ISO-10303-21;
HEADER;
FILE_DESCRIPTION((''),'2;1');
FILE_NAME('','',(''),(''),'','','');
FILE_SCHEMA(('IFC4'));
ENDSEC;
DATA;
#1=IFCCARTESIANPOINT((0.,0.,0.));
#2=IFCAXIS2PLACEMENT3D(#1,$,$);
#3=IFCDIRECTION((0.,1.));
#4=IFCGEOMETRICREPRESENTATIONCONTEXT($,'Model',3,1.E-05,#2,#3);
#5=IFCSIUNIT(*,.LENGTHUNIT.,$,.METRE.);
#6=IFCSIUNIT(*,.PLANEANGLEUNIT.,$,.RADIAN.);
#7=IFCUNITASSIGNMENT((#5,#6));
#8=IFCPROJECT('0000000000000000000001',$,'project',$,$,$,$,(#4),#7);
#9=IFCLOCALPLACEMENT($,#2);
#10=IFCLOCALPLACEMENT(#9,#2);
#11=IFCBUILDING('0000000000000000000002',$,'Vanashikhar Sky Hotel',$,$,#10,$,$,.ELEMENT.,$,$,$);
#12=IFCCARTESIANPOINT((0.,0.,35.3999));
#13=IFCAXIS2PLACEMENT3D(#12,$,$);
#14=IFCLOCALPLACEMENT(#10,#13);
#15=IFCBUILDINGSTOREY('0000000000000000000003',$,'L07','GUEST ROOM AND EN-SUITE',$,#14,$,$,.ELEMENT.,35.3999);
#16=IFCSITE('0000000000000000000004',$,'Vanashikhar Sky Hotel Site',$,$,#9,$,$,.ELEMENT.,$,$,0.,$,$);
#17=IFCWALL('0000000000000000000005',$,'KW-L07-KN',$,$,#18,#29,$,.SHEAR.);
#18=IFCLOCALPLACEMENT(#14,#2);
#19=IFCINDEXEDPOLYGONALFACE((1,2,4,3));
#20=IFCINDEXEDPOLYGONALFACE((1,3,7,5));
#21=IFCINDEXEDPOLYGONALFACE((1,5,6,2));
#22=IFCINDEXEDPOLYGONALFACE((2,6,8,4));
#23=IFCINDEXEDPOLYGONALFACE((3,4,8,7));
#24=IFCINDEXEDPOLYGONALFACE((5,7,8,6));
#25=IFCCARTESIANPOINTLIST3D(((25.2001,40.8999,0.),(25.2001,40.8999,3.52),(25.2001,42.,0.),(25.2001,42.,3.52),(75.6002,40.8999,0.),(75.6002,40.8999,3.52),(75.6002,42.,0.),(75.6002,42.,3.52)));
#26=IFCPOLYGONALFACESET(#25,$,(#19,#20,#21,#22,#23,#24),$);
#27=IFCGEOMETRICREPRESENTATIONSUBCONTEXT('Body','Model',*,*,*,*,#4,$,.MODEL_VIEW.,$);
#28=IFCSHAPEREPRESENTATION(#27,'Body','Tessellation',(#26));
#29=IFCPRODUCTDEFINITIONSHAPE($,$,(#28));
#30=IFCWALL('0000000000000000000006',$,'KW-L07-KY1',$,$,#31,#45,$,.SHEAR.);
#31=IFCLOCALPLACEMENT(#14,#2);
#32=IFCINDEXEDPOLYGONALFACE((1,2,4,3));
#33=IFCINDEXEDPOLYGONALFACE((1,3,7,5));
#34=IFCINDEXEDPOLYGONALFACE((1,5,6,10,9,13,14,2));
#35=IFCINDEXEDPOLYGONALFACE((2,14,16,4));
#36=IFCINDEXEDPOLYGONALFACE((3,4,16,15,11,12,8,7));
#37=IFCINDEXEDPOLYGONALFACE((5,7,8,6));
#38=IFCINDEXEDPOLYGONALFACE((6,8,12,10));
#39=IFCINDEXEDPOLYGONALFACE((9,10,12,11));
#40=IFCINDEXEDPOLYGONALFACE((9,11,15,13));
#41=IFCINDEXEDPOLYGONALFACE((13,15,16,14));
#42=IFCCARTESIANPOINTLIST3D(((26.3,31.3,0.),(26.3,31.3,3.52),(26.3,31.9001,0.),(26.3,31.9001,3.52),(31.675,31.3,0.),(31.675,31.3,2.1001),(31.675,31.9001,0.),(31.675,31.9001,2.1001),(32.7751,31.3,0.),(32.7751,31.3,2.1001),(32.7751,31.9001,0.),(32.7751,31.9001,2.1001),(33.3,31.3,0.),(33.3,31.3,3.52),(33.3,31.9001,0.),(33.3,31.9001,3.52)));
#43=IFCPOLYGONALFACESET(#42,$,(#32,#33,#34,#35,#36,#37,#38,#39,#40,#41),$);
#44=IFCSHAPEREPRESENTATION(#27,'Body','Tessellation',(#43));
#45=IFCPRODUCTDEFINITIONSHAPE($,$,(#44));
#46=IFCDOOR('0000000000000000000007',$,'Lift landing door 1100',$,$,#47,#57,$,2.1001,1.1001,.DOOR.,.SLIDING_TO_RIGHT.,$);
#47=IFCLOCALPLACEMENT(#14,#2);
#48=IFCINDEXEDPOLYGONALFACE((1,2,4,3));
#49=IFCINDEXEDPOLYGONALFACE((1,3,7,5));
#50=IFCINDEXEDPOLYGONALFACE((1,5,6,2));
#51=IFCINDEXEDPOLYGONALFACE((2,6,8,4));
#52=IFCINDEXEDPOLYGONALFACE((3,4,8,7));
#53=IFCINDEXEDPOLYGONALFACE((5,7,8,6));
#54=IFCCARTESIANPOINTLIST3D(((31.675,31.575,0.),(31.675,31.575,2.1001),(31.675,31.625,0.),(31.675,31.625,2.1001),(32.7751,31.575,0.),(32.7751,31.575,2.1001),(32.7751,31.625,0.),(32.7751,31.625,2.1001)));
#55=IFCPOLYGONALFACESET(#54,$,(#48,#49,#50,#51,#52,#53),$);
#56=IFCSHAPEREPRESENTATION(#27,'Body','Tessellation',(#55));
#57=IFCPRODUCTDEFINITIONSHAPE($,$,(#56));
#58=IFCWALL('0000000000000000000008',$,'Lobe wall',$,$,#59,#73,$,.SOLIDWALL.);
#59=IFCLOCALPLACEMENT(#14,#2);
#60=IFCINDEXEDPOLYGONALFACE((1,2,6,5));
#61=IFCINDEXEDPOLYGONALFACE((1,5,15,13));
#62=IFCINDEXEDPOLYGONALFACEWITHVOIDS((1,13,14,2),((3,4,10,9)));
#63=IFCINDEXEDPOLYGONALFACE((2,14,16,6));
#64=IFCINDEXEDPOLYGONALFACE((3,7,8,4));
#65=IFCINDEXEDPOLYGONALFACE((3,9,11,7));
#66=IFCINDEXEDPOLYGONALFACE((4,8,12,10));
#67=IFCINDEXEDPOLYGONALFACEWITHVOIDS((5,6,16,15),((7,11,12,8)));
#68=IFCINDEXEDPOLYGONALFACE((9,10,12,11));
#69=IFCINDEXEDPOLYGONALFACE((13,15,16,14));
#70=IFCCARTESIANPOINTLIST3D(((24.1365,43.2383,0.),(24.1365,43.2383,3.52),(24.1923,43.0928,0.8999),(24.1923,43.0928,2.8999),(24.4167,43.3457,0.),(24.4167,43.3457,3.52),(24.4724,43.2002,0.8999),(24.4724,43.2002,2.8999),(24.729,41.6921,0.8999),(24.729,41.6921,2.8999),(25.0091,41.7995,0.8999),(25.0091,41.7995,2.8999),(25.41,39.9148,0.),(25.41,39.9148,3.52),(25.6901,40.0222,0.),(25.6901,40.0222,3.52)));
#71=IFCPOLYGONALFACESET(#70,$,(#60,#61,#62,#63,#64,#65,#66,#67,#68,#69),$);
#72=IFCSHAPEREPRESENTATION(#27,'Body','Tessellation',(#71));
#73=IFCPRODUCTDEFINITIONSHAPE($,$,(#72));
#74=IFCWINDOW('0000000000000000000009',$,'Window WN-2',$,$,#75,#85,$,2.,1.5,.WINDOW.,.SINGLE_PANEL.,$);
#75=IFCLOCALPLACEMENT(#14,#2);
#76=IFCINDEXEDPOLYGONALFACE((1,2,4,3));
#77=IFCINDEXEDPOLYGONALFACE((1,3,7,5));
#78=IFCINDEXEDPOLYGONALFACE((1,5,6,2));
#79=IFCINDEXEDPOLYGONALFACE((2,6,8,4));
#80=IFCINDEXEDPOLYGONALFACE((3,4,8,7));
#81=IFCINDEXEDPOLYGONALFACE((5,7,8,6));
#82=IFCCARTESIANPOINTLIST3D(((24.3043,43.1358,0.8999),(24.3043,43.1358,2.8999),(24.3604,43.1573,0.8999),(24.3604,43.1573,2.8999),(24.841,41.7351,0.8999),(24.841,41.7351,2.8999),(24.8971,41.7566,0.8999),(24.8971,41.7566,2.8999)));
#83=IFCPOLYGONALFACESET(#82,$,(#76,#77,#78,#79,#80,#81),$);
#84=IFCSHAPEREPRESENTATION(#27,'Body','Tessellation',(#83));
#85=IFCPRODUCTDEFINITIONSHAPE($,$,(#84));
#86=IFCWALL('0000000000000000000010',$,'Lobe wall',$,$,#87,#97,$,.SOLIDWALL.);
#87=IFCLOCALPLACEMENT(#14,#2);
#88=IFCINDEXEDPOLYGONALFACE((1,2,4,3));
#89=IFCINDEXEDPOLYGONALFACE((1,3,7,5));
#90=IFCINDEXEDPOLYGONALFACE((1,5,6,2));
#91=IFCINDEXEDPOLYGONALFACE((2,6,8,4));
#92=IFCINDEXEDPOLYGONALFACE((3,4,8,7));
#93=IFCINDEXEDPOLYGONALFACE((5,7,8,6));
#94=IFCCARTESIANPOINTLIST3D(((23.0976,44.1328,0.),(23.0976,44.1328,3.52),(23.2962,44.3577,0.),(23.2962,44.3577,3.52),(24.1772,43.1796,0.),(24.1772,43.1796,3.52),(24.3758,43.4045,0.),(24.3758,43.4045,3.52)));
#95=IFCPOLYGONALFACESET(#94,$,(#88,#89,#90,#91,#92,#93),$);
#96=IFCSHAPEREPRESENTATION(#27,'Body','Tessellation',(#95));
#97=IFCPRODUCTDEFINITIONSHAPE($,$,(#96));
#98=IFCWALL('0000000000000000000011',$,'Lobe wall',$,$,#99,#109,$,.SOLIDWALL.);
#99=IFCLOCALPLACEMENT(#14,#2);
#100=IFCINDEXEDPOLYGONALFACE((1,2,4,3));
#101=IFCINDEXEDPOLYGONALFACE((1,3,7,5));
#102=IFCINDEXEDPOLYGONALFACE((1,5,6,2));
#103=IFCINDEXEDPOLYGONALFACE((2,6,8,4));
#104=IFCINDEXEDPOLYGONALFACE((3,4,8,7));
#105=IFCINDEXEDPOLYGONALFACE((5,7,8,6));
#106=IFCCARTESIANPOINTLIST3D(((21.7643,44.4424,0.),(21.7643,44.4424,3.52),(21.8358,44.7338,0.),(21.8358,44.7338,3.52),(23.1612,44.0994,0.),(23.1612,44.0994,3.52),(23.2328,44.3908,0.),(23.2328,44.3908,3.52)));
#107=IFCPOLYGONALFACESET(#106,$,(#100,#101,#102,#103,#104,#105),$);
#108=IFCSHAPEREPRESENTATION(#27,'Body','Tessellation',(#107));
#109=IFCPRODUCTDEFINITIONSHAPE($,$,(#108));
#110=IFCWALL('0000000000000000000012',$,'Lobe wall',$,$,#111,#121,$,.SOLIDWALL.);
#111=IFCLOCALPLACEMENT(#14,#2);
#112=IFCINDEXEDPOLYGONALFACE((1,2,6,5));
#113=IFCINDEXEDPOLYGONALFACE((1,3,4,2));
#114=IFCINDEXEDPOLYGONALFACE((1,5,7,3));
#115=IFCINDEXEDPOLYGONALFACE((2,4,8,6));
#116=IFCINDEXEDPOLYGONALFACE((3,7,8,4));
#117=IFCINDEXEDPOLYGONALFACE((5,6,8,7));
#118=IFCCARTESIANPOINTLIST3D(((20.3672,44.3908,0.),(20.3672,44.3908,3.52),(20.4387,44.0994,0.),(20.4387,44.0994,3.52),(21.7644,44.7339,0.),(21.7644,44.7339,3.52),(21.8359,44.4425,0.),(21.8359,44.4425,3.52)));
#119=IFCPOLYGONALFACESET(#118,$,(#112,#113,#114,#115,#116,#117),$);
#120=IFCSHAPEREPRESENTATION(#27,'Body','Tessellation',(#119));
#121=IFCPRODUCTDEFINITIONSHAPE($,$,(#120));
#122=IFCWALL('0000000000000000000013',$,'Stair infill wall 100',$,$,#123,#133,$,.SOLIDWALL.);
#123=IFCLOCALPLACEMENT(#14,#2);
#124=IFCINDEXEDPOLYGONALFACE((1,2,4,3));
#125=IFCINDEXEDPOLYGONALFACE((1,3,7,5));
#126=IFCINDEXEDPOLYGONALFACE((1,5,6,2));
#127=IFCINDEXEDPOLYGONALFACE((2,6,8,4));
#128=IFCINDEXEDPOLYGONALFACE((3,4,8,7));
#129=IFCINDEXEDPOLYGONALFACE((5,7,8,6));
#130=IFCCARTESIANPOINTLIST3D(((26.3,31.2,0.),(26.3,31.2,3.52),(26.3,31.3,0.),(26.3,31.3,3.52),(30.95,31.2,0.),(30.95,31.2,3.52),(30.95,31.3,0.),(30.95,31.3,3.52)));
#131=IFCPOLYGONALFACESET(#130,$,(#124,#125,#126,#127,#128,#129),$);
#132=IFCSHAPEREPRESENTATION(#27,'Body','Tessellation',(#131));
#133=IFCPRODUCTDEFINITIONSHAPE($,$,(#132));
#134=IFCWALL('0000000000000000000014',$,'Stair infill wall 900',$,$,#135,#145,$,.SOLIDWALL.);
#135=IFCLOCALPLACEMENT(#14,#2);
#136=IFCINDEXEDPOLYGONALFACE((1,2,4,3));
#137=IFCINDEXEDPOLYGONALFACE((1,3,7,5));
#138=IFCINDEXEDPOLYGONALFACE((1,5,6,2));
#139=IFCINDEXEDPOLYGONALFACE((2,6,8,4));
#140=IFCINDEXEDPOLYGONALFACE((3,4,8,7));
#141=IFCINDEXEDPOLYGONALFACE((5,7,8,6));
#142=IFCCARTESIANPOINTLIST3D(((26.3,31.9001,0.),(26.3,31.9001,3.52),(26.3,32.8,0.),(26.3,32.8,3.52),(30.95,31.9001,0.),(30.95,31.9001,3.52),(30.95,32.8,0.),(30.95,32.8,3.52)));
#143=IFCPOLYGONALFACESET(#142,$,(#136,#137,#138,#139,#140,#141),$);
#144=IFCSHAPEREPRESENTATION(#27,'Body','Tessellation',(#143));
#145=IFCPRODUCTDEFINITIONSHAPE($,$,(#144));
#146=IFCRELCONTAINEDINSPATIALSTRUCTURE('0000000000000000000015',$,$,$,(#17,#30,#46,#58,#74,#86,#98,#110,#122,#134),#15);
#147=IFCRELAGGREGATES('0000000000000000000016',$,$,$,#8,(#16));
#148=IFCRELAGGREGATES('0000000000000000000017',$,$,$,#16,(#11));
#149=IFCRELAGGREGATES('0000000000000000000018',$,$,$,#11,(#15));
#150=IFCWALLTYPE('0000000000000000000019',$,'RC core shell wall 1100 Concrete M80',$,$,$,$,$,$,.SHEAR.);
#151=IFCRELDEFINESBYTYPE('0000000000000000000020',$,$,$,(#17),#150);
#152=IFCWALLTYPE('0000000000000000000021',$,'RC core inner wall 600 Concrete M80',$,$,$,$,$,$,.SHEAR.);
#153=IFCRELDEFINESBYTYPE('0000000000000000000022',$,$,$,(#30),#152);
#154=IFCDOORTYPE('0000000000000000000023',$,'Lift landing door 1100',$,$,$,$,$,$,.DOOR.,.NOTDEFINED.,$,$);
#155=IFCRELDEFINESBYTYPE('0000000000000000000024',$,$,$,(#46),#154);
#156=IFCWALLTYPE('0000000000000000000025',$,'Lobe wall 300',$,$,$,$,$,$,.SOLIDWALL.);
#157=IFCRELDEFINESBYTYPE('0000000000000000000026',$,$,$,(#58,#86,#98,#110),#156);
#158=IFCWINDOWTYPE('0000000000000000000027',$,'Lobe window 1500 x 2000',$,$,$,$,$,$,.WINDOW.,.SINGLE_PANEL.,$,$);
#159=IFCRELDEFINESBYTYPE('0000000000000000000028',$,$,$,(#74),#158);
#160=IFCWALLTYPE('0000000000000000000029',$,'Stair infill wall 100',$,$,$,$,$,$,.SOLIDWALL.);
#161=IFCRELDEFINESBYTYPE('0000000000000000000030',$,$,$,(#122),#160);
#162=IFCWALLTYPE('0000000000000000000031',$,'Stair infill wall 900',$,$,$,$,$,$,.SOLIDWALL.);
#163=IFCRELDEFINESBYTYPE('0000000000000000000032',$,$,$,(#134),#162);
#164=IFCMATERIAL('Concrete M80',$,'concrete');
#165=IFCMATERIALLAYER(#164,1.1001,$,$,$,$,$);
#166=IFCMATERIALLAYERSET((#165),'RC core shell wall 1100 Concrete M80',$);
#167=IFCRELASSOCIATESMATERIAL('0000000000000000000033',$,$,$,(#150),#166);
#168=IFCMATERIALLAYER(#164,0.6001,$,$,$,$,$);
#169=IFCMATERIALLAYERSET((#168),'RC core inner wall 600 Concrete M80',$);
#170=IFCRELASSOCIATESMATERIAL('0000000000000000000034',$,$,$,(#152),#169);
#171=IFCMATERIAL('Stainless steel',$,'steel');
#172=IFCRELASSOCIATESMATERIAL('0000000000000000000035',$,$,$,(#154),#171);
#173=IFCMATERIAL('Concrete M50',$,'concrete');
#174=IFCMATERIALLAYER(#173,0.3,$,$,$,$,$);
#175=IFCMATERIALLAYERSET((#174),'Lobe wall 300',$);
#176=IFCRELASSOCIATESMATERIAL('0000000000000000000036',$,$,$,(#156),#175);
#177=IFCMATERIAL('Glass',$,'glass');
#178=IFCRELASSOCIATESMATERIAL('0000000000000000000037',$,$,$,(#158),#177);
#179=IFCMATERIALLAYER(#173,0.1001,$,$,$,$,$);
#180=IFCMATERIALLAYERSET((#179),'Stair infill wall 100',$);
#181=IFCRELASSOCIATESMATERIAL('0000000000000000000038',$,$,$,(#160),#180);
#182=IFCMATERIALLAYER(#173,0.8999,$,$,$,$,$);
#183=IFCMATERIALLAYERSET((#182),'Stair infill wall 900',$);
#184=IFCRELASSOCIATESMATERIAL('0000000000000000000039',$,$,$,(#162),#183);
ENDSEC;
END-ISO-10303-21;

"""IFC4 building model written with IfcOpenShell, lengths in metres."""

from ifc_helpers import new_model, si_unit, direction, frame, frame_2d, origin, place, context, subcontext, project, spatial, rectangle, extrude, source, transform, mapped, material, layer, layer_set, type_object, element, fill, save


model = new_model("IFC4")

# Units and contexts
model_context = context("Model", 3, precision=1e-05, world=origin(), true_north=direction((0.0, 1.0)))
body_context = subcontext(model_context, "Body", "Model", "MODEL_VIEW")
ifc_project = project(units=[si_unit("LENGTHUNIT", "METRE"), si_unit("PLANEANGLEUNIT", "RADIAN")], contexts=[model_context])

# Site, building, storey
site_placement = place(None, origin())
site = spatial("IfcSite", under=ifc_project, at=site_placement, Name="Vanashikhar Sky Hotel Site", CompositionType="ELEMENT", RefElevation=0.0)
building_placement = place(site_placement, origin())
building = spatial("IfcBuilding", under=site, at=building_placement, Name="Vanashikhar Sky Hotel", CompositionType="ELEMENT")
storey_placement = place(building_placement, frame((0.0, 0.0, 35.3999)))
storey = spatial("IfcBuildingStorey", under=building, at=storey_placement, Name="L07", Description="GUEST ROOM AND EN-SUITE", CompositionType="ELEMENT", Elevation=35.3999)

# Wall
ifc_material_1 = material(Name="Concrete M80", Category="concrete")
ifc_layer_1 = layer(ifc_material_1, 1.1001)
ifc_layer_set_1 = layer_set([ifc_layer_1], Name="RC core shell wall 1100 Concrete M80")
wall_type_1 = type_object("IfcWallType", Name="RC core shell wall 1100 Concrete M80", PredefinedType="SHEAR", material=ifc_layer_set_1)
shared_shape_1 = source(origin(), body_context, "Body", "SweptSolid", [
    extrude(rectangle(XDim=50.4001, YDim=1.1001, at=frame_2d((25.2002, 0.0))), origin(), (0.0, 0.0, 1.0), 3.52),
])
wall_1_placement = place(storey_placement, frame((25.2, 41.45, 0.0), z_axis=(0.0, 0.0, 1.0), x_axis=(1.0, 0.0, 0.0)))
element("IfcWall", 1, at=wall_1_placement, inside=storey, type_object=wall_type_1, Name="KW-L07-KN", PredefinedType="SHEAR", context=body_context, shape_type="MappedRepresentation", body=[
    mapped(shared_shape_1, transform((0.0, 0.0, 0.0), scale=1.0)),
])

# Wall, opening, door
ifc_layer_2 = layer(ifc_material_1, 0.6001)
ifc_layer_set_2 = layer_set([ifc_layer_2], Name="RC core inner wall 600 Concrete M80")
wall_type_2 = type_object("IfcWallType", Name="RC core inner wall 600 Concrete M80", PredefinedType="SHEAR", material=ifc_layer_set_2)
shared_shape_2 = source(origin(), body_context, "Body", "SweptSolid", [
    extrude(rectangle(XDim=7.0, YDim=0.6001, at=frame_2d((3.5, 0.0))), origin(), (0.0, 0.0, 1.0), 3.52),
])
wall_2_placement = place(storey_placement, frame((26.3, 31.6001, 0.0), z_axis=(0.0, 0.0, 1.0), x_axis=(1.0, 0.0, 0.0)))
wall_2 = element("IfcWall", 2, at=wall_2_placement, inside=storey, type_object=wall_type_2, Name="KW-L07-KY1", PredefinedType="SHEAR", context=body_context, shape_type="MappedRepresentation", body=[
    mapped(shared_shape_2, transform((0.0, 0.0, 0.0), scale=1.0)),
])
shared_shape_3 = source(origin(), body_context, "Body", "SweptSolid", [
    extrude(rectangle(XDim=1.1001, YDim=2.1001, at=frame_2d((0.55, 1.05))), frame((0.0, 0.3101, 0.0), z_axis=(0.0, -1.0, 0.0), x_axis=(1.0, 0.0, 0.0)), (0.0, 0.0, 1.0), 0.6201),
])
opening_1_placement = place(wall_2_placement, frame((5.375, 0.0, 0.0)))
opening_1 = element("IfcOpeningElement", 3, at=opening_1_placement, cuts=wall_2, PredefinedType="OPENING", context=body_context, shape_type="MappedRepresentation", body=[
    mapped(shared_shape_3, transform((0.0, 0.0, 0.0), scale=1.0)),
])
ifc_material_2 = material(Name="Stainless steel", Category="steel")
door_type = type_object("IfcDoorType", Name="Lift landing door 1100", OperationType="NOTDEFINED", PredefinedType="DOOR", material=ifc_material_2)
shared_shape_4 = source(origin(), body_context, "Body", "SweptSolid", [
    extrude(rectangle(XDim=1.1001, YDim=2.1001, at=frame_2d((0.55, 1.05))), frame((0.0, 0.0249, 0.0), z_axis=(0.0, -1.0, 0.0), x_axis=(1.0, 0.0, 0.0)), (0.0, 0.0, 1.0), 0.05),
])
door_placement = place(opening_1_placement, origin())
door = element("IfcDoor", 4, at=door_placement, inside=storey, type_object=door_type, Name="Lift landing door 1100", OperationType="SLIDING_TO_RIGHT", OverallHeight=2.1001, OverallWidth=1.1001, PredefinedType="DOOR", context=body_context, shape_type="MappedRepresentation", body=[
    mapped(shared_shape_4, transform((0.0, 0.0, 0.0), scale=1.0)),
])
fill(opening_1, door)

# Wall, opening, window
ifc_material_3 = material(Name="Concrete M50", Category="concrete")
ifc_layer_3 = layer(ifc_material_3, 0.3)
ifc_layer_set_3 = layer_set([ifc_layer_3], Name="Lobe wall 300")
wall_type_3 = type_object("IfcWallType", Name="Lobe wall 300", PredefinedType="SOLIDWALL", material=ifc_layer_set_3)
shared_shape_5 = source(origin(), body_context, "Body", "SweptSolid", [
    extrude(rectangle(XDim=3.5591, YDim=0.3, at=frame_2d((1.7795, 0.0))), origin(), (0.0, 0.0, 1.0), 3.52),
])
wall_3_placement = place(storey_placement, frame((25.55, 39.9685, 0.0), z_axis=(0.0, 0.0, 1.0), x_axis=(-0.357797, 0.933799, 0.0)))
wall_3 = element("IfcWall", 5, at=wall_3_placement, inside=storey, type_object=wall_type_3, Name="Lobe wall", PredefinedType="SOLIDWALL", context=body_context, shape_type="MappedRepresentation", body=[
    mapped(shared_shape_5, transform((0.0, 0.0, 0.0), scale=1.0)),
])
shared_shape_6 = source(origin(), body_context, "Body", "SweptSolid", [
    extrude(rectangle(XDim=1.5, YDim=2.0, at=frame_2d((0.75, 1.0))), frame((0.0, 0.1602, 0.0), z_axis=(0.0, -1.0, 0.0), x_axis=(1.0, 0.0, 0.0)), (0.0, 0.0, 1.0), 0.3201),
])
opening_2_placement = place(wall_3_placement, frame((1.9033, 0.0, 0.8999)))
opening_2 = element("IfcOpeningElement", 6, at=opening_2_placement, cuts=wall_3, PredefinedType="OPENING", context=body_context, shape_type="MappedRepresentation", body=[
    mapped(shared_shape_6, transform((0.0, 0.0, 0.0), scale=1.0)),
])
ifc_material_4 = material(Name="Glass", Category="glass")
window_type = type_object("IfcWindowType", Name="Lobe window 1500 x 2000", PartitioningType="SINGLE_PANEL", PredefinedType="WINDOW", material=ifc_material_4)
shared_shape_7 = source(origin(), body_context, "Body", "SweptSolid", [
    extrude(rectangle(XDim=1.5, YDim=2.0, at=frame_2d((0.75, 1.0))), frame((0.0, 0.03, 0.0), z_axis=(0.0, -1.0, 0.0), x_axis=(1.0, 0.0, 0.0)), (0.0, 0.0, 1.0), 0.0601),
])
window_placement = place(opening_2_placement, origin())
window = element("IfcWindow", 7, at=window_placement, inside=storey, type_object=window_type, Name="Window WN-2", OverallHeight=2.0, OverallWidth=1.5, PartitioningType="SINGLE_PANEL", PredefinedType="WINDOW", context=body_context, shape_type="MappedRepresentation", body=[
    mapped(shared_shape_7, transform((0.0, 0.0, 0.0), scale=1.0)),
])
fill(opening_2, window)

# Walls
shared_shape_8 = source(origin(), body_context, "Body", "SweptSolid", [
    extrude(rectangle(XDim=1.4402, YDim=0.3, at=frame_2d((0.7202, 0.0))), origin(), (0.0, 0.0, 1.0), 3.52),
])
wall_4_placement = place(storey_placement, frame((24.2766, 43.292, 0.0), z_axis=(0.0, 0.0, 1.0), x_axis=(-0.74965, 0.661835, 0.0)))
element("IfcWall", 8, at=wall_4_placement, inside=storey, type_object=wall_type_3, Name="Lobe wall", PredefinedType="SOLIDWALL", context=body_context, shape_type="MappedRepresentation", body=[
    mapped(shared_shape_8, transform((0.0, 0.0, 0.0), scale=1.0)),
])
shared_shape_9 = source(origin(), body_context, "Body", "SweptSolid", [
    extrude(rectangle(XDim=1.4385, YDim=0.3, at=frame_2d((0.7192, 0.0))), origin(), (0.0, 0.0, 1.0), 3.52),
])
wall_5_placement = place(storey_placement, frame((23.197, 44.2451, 0.0), z_axis=(0.0, 0.0, 1.0), x_axis=(-0.971152, 0.23846, 0.0)))
element("IfcWall", 9, at=wall_5_placement, inside=storey, type_object=wall_type_3, Name="Lobe wall", PredefinedType="SOLIDWALL", context=body_context, shape_type="MappedRepresentation", body=[
    mapped(shared_shape_9, transform((0.0, 0.0, 0.0), scale=1.0)),
])
shared_shape_10 = source(origin(), body_context, "Body", "SweptSolid", [
    extrude(rectangle(XDim=1.4387, YDim=0.3, at=frame_2d((0.7192, 0.0))), origin(), (0.0, 0.0, 1.0), 3.52),
])
wall_6_placement = place(storey_placement, frame((21.8, 44.5881, 0.0), z_axis=(0.0, 0.0, 1.0), x_axis=(-0.971162, -0.238421, 0.0)))
element("IfcWall", 10, at=wall_6_placement, inside=storey, type_object=wall_type_3, Name="Lobe wall", PredefinedType="SOLIDWALL", context=body_context, shape_type="MappedRepresentation", body=[
    mapped(shared_shape_10, transform((0.0, 0.0, 0.0), scale=1.0)),
])
ifc_layer_4 = layer(ifc_material_3, 0.1001)
ifc_layer_set_4 = layer_set([ifc_layer_4], Name="Stair infill wall 100")
wall_type_4 = type_object("IfcWallType", Name="Stair infill wall 100", PredefinedType="SOLIDWALL", material=ifc_layer_set_4)
shared_shape_11 = source(origin(), body_context, "Body", "SweptSolid", [
    extrude(rectangle(XDim=4.6499, YDim=0.1001, at=frame_2d((2.325, 0.0))), origin(), (0.0, 0.0, 1.0), 3.52),
])
wall_7_placement = place(storey_placement, frame((26.3, 31.25, 0.0), z_axis=(0.0, 0.0, 1.0), x_axis=(1.0, 0.0, 0.0)))
element("IfcWall", 11, at=wall_7_placement, inside=storey, type_object=wall_type_4, Name="Stair infill wall 100", PredefinedType="SOLIDWALL", context=body_context, shape_type="MappedRepresentation", body=[
    mapped(shared_shape_11, transform((0.0, 0.0, 0.0), scale=1.0)),
])
ifc_layer_5 = layer(ifc_material_3, 0.8999)
ifc_layer_set_5 = layer_set([ifc_layer_5], Name="Stair infill wall 900")
wall_type_5 = type_object("IfcWallType", Name="Stair infill wall 900", PredefinedType="SOLIDWALL", material=ifc_layer_set_5)
shared_shape_12 = source(origin(), body_context, "Body", "SweptSolid", [
    extrude(rectangle(XDim=4.6499, YDim=0.8999, at=frame_2d((2.325, 0.0))), origin(), (0.0, 0.0, 1.0), 3.52),
])
wall_8_placement = place(storey_placement, frame((26.3, 32.3501, 0.0), z_axis=(0.0, 0.0, 1.0), x_axis=(1.0, 0.0, 0.0)))
element("IfcWall", 12, at=wall_8_placement, inside=storey, type_object=wall_type_5, Name="Stair infill wall 900", PredefinedType="SOLIDWALL", context=body_context, shape_type="MappedRepresentation", body=[
    mapped(shared_shape_12, transform((0.0, 0.0, 0.0), scale=1.0)),
])

save(model, "model.ifc")
